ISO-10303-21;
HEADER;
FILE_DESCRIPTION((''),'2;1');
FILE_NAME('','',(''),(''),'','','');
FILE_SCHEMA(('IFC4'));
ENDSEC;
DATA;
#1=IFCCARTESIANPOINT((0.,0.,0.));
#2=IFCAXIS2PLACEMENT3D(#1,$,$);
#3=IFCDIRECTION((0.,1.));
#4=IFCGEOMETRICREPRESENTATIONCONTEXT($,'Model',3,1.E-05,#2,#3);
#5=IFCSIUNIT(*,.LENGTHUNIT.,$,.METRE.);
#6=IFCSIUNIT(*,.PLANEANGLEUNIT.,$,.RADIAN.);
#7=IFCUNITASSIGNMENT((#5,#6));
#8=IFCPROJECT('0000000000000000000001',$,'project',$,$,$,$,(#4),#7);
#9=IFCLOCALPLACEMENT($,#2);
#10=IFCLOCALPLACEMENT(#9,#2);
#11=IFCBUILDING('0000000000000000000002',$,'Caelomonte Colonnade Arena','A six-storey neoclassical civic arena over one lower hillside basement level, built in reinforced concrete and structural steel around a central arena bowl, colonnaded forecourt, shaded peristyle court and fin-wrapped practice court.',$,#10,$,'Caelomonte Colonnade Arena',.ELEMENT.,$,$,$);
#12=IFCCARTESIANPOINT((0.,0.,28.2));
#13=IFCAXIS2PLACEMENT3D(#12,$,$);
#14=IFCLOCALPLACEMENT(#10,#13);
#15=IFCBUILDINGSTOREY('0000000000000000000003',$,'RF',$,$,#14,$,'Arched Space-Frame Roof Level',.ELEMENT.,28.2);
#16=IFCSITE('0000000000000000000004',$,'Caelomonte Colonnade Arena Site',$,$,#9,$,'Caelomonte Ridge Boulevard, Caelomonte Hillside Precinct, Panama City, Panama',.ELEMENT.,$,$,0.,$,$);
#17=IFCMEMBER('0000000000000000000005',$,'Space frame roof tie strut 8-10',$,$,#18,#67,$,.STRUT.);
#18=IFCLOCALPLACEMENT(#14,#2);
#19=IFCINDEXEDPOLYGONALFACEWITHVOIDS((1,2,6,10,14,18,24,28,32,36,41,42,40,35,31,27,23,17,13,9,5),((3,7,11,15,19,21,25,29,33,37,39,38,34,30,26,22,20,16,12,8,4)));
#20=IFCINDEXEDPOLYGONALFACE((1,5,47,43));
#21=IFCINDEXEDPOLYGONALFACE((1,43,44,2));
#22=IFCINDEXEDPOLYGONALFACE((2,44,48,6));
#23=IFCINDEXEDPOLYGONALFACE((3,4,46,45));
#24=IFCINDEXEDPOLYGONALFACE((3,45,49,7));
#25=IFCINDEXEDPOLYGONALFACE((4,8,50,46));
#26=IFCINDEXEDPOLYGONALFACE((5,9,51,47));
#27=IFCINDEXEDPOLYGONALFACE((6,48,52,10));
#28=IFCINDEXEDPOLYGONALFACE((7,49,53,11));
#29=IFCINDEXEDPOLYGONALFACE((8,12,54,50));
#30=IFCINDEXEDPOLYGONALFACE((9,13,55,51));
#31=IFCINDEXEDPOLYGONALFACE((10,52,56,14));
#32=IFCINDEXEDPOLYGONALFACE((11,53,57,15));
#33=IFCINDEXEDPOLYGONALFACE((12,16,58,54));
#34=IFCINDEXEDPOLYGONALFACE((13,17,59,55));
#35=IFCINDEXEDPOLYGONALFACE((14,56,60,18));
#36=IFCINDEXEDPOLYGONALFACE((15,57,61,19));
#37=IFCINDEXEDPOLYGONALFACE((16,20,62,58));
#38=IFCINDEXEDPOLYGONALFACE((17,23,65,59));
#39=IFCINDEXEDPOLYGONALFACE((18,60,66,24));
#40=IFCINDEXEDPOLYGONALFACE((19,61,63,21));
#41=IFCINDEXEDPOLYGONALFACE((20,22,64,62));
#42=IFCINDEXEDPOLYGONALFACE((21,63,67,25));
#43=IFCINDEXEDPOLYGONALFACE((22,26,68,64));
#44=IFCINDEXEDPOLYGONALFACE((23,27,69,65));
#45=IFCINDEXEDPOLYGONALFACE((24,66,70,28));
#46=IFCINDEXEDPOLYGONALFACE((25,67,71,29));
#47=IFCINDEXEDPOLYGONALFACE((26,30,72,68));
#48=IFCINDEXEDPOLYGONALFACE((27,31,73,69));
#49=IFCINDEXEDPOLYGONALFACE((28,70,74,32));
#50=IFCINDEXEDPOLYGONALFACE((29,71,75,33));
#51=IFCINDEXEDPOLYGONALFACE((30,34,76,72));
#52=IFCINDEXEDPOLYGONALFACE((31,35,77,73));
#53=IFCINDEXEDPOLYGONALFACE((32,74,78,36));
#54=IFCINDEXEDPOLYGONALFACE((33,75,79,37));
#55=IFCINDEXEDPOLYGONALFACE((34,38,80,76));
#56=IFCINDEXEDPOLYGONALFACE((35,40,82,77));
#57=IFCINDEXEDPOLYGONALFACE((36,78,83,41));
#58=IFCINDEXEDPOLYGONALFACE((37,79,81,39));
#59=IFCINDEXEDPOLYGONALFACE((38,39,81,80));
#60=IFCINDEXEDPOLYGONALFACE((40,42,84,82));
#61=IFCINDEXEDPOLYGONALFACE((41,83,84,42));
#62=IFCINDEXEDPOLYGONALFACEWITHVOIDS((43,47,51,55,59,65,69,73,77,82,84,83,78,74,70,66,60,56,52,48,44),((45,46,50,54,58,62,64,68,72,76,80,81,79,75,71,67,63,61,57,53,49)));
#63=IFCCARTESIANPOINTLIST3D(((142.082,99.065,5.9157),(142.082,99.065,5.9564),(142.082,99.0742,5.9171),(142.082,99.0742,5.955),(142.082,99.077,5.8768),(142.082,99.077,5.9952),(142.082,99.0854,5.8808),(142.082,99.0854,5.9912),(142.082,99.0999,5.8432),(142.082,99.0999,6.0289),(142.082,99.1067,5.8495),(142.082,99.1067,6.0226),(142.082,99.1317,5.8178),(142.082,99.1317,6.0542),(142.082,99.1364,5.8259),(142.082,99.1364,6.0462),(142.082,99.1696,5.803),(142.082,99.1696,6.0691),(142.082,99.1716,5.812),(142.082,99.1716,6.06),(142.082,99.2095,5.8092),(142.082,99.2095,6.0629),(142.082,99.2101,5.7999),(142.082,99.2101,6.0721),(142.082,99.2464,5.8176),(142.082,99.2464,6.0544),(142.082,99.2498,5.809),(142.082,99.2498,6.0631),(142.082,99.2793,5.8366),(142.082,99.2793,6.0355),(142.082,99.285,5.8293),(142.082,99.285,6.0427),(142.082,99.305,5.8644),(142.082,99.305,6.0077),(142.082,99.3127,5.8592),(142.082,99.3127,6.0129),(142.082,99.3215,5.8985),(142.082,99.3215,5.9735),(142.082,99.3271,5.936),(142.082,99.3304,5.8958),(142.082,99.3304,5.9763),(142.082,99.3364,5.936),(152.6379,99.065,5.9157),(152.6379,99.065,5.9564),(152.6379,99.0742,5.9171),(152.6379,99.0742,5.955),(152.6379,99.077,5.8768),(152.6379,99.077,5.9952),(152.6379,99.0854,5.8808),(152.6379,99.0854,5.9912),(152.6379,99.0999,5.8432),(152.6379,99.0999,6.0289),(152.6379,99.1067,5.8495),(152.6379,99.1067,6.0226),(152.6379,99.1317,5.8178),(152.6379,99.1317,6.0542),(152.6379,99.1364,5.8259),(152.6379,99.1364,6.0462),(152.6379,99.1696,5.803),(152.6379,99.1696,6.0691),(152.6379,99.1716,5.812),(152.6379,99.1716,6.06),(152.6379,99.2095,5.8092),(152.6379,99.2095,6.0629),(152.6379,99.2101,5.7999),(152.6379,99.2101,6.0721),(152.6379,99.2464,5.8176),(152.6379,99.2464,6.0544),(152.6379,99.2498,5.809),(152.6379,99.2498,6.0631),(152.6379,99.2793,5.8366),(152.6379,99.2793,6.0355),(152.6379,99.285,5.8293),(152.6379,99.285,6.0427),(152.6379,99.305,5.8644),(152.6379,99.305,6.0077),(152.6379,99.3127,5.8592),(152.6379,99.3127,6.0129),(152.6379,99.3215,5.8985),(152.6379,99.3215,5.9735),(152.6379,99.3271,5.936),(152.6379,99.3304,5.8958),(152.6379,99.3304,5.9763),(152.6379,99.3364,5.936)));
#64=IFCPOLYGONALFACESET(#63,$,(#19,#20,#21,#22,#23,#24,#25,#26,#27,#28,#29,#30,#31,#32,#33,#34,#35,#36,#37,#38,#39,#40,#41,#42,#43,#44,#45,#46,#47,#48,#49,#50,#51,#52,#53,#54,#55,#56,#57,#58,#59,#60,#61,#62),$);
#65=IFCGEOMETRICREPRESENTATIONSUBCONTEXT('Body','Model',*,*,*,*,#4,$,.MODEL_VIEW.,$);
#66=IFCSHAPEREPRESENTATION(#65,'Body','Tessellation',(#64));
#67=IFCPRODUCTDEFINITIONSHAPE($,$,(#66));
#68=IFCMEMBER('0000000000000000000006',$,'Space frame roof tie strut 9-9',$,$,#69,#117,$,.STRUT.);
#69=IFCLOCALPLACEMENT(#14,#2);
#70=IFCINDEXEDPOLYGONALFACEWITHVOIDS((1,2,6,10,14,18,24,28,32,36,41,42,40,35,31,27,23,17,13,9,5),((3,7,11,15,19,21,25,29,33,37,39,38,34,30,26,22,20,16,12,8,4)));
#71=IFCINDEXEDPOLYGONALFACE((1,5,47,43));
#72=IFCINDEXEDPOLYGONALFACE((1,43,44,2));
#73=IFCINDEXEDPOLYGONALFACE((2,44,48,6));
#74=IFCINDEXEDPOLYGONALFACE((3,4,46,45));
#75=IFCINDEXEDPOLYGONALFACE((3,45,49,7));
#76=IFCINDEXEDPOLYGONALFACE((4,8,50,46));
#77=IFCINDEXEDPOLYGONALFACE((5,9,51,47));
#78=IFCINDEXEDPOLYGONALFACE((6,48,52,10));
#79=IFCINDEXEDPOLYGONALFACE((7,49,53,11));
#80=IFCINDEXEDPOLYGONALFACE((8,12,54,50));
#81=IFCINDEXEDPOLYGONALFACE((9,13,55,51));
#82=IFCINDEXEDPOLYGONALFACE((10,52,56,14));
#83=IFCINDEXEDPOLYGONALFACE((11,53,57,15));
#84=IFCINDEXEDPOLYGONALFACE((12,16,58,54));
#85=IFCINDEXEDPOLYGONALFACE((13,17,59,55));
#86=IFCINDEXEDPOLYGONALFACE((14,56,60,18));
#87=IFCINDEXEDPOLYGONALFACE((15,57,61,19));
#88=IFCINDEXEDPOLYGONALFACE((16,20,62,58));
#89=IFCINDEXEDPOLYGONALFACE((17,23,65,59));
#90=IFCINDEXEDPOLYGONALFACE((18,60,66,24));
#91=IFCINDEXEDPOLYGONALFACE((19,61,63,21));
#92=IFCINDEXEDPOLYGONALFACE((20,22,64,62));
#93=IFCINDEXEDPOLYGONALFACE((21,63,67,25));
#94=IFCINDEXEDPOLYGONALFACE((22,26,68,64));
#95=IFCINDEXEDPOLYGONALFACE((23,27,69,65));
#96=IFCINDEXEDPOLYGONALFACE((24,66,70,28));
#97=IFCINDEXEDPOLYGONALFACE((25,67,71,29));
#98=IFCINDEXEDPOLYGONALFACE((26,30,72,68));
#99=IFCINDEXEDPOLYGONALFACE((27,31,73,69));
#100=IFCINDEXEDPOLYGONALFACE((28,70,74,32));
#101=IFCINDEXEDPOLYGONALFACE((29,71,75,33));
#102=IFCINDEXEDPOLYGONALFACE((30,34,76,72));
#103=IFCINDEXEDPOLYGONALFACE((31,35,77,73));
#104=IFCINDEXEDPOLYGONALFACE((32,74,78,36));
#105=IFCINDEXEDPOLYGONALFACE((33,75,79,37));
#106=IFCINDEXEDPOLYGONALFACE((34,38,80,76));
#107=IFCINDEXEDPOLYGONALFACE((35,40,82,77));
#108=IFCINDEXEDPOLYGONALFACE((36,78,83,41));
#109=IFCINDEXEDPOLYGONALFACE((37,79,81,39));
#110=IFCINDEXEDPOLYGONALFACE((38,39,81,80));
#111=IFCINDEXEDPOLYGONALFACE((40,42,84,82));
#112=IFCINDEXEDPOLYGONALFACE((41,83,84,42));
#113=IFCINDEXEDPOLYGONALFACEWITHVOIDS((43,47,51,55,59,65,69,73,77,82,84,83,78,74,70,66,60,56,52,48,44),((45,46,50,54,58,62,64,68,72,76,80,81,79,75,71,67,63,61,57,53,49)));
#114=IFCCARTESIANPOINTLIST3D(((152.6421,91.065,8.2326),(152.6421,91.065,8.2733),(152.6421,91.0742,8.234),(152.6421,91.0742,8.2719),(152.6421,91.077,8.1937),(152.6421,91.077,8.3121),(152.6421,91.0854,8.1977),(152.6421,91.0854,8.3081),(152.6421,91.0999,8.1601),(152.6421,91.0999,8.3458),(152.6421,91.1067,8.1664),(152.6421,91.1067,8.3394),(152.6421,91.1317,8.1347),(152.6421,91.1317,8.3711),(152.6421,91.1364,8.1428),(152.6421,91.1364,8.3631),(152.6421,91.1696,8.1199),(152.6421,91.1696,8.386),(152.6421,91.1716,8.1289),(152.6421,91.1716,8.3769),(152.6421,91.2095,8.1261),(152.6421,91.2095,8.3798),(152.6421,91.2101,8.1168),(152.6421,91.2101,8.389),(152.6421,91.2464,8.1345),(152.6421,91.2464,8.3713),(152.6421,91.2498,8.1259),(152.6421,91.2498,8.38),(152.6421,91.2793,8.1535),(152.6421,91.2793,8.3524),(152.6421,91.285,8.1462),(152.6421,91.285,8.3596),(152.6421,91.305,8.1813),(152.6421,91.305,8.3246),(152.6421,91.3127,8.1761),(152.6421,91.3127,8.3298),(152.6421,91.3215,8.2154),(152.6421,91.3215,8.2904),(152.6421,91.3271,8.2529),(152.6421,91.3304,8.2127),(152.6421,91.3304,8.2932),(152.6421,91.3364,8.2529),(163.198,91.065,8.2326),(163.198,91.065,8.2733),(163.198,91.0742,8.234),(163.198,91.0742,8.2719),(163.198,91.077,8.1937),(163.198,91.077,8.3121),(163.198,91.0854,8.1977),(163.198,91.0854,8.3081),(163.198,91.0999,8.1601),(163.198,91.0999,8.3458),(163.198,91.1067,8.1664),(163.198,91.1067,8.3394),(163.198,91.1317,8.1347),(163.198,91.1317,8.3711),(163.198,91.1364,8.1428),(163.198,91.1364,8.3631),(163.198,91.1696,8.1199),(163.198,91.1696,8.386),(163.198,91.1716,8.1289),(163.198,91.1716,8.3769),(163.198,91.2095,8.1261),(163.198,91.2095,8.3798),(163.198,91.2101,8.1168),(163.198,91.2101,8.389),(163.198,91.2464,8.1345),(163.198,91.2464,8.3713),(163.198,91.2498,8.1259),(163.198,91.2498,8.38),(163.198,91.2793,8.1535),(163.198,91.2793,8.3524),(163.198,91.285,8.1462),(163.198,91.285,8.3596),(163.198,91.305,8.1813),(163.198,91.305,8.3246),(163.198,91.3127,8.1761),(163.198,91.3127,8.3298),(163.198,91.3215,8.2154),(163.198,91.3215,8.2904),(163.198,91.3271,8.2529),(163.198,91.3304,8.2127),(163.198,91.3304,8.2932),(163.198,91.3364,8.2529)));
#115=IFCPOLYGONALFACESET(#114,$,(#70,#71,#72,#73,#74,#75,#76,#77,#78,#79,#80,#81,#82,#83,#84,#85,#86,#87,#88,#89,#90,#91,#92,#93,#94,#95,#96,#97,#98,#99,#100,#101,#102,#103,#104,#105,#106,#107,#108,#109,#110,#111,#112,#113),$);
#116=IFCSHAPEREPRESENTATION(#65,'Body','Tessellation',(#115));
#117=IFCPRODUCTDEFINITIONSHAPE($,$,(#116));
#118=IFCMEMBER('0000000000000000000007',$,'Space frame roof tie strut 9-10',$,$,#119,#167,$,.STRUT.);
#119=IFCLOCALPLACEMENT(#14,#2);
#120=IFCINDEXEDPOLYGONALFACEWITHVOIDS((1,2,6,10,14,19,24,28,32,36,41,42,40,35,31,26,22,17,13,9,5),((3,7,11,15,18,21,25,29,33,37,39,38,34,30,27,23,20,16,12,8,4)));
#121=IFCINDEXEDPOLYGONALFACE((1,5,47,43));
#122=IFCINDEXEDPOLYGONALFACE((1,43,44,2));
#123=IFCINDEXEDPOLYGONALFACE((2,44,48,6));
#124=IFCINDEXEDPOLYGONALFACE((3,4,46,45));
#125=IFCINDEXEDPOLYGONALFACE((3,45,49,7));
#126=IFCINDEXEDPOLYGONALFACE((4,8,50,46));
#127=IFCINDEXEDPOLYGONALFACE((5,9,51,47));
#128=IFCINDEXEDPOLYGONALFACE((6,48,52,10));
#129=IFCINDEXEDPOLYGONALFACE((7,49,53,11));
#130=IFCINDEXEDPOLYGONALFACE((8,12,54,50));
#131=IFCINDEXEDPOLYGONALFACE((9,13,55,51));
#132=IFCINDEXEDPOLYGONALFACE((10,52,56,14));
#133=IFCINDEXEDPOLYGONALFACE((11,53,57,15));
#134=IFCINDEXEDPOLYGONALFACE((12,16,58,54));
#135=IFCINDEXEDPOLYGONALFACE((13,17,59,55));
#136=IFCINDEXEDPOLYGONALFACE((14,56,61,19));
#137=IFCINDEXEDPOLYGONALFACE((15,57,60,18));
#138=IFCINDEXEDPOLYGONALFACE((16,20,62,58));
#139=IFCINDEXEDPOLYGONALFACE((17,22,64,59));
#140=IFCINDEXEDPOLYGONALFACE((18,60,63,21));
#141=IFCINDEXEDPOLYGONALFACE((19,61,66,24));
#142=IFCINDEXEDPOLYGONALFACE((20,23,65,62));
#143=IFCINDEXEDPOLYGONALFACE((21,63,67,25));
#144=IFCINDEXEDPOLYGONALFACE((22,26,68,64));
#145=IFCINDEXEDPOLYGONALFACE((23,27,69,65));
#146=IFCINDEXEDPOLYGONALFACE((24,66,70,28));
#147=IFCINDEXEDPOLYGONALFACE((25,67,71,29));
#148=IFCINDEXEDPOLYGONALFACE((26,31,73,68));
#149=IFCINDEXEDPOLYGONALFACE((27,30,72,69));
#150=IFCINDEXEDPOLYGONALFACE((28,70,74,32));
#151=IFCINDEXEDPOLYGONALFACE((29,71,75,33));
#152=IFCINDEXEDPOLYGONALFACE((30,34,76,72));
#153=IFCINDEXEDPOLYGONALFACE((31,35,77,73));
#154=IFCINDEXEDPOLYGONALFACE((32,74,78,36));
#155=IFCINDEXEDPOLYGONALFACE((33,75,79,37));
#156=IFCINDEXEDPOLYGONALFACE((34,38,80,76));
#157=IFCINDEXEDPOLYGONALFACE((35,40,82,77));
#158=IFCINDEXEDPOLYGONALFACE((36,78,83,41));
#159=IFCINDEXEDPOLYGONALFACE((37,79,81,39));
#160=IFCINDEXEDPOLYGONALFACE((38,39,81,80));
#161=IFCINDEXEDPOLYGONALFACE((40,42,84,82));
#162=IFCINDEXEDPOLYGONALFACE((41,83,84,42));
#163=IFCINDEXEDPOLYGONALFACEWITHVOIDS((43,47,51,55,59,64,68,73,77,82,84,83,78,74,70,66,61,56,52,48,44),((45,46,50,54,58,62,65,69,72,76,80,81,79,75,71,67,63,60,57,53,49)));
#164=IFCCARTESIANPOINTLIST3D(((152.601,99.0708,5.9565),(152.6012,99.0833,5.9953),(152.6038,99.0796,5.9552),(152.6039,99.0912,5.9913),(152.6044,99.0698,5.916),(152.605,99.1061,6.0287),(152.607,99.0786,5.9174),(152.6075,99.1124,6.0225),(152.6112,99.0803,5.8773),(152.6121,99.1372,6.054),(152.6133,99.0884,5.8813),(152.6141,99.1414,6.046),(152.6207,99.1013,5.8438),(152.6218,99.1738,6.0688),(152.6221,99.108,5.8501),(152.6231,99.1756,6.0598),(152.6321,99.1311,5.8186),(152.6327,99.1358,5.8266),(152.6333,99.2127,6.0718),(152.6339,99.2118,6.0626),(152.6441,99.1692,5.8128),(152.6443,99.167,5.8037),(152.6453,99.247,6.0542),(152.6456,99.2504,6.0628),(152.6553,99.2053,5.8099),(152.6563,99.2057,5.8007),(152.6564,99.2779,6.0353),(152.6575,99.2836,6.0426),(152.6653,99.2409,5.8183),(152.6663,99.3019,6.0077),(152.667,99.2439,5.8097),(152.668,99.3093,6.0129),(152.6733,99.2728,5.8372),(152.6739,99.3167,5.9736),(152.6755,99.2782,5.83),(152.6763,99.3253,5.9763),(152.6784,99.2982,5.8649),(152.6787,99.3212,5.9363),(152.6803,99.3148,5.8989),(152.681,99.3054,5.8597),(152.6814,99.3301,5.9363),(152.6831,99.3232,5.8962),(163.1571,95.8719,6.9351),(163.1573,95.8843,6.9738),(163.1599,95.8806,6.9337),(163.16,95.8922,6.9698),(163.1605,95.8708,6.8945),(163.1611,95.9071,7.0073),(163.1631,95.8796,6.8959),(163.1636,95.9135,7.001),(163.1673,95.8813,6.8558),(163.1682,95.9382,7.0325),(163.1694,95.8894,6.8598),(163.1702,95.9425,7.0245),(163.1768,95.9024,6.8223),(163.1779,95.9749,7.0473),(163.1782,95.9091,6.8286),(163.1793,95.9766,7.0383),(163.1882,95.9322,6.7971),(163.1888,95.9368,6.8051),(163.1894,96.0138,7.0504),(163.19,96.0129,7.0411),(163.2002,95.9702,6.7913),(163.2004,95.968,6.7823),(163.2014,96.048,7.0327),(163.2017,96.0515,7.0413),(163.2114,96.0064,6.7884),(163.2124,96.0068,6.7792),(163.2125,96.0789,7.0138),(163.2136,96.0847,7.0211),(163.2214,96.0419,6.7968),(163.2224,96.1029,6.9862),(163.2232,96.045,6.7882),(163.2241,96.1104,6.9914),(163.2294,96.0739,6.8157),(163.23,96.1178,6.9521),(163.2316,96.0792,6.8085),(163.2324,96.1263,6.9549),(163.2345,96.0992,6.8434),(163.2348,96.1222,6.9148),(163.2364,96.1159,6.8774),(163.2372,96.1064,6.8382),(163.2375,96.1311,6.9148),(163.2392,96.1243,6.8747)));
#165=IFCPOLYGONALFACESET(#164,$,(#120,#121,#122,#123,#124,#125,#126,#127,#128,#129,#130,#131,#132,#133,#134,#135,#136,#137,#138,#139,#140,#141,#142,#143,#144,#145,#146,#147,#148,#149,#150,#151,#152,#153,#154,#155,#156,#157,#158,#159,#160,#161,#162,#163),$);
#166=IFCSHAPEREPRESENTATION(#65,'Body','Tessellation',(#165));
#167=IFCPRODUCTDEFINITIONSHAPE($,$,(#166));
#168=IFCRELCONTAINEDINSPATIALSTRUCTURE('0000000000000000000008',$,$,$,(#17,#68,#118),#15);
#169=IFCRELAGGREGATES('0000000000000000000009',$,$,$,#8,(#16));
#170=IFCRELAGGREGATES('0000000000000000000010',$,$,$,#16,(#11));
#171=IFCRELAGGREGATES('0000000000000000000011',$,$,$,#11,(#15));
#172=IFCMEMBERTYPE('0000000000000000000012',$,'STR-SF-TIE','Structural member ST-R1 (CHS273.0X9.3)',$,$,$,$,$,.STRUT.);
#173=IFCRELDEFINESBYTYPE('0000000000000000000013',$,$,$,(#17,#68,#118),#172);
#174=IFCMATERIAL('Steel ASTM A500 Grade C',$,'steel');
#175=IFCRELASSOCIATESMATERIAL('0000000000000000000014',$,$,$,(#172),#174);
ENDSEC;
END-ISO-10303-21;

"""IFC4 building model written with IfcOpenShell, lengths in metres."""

from ifc_helpers import new_model, si_unit, direction, frame, origin, origin_2d, place, context, subcontext, project, spatial, hollow_circle, extrude, material, material_profile, profile_set, type_object, element, save


model = new_model("IFC4")

# Units and contexts
model_context = context("Model", 3, precision=1e-05, world=origin(), true_north=direction((0.0, 1.0)))
body_context = subcontext(model_context, "Body", "Model", "MODEL_VIEW")
ifc_project = project(units=[si_unit("LENGTHUNIT", "METRE"), si_unit("PLANEANGLEUNIT", "RADIAN")], contexts=[model_context])

# Site, building, storey
site_placement = place(None, origin())
site = spatial("IfcSite", under=ifc_project, at=site_placement, Name="Caelomonte Colonnade Arena Site", LongName="Caelomonte Ridge Boulevard, Caelomonte Hillside Precinct, Panama City, Panama", CompositionType="ELEMENT", RefElevation=0.0)
building_placement = place(site_placement, origin())
building = spatial("IfcBuilding", under=site, at=building_placement, Name="Caelomonte Colonnade Arena", Description="A six-storey neoclassical civic arena over one lower hillside basement level, built in reinforced concrete and structural steel around a central arena bowl, colonnaded forecourt, shaded peristyle court and fin-wrapped practice court.", LongName="Caelomonte Colonnade Arena", CompositionType="ELEMENT")
storey_placement = place(building_placement, frame((0.0, 0.0, 28.2)))
storey = spatial("IfcBuildingStorey", under=building, at=storey_placement, Name="RF", LongName="Arched Space-Frame Roof Level", CompositionType="ELEMENT", Elevation=28.2)

# Members
ifc_material_1 = material(Name="Steel ASTM A500 Grade C", Category="steel")
ifc_material_profile_1 = material_profile(ifc_material_1, hollow_circle(Radius=0.1365, WallThickness=0.0093, at=origin_2d()), Name="CHS273.0X9.3")
ifc_profile_set_1 = profile_set([ifc_material_profile_1], Name="Steel ASTM A500 Grade C")
member_type_1 = type_object("IfcMemberType", Name="STR-SF-TIE", Description="Structural member ST-R1 (CHS273.0X9.3)", PredefinedType="STRUT", material=ifc_profile_set_1)
for number, where, z_axis, x_axis, name in (
    (1, (142.082, 99.2, 5.936), (1.0, 0.0, 0.0), (0.0, 1.0, 0.0), "Space frame roof tie strut 8-10"),
    (2, (152.6421, 91.2, 8.2529), (1.0, 0.0, 0.0), (0.0, 1.0, 0.0), "Space frame roof tie strut 9-9"),
):
    element("IfcMember", number, at=place(storey_placement, frame(where, z_axis=z_axis, x_axis=x_axis)), inside=storey, type_object=member_type_1, Name=name, PredefinedType="STRUT", context=body_context, shape_type="SweptSolid", body=[
        extrude(hollow_circle(Radius=0.1365, WallThickness=0.0093, at=origin_2d()), origin(), (0.0, 0.0, 1.0), 10.5559),
    ])
member_1_placement = place(storey_placement, frame((152.6418, 99.1995, 5.9363), z_axis=(0.953277, -0.288885, 0.088365), x_axis=(0.290019, 0.957021, 0.0)))
element("IfcMember", 3, at=member_1_placement, inside=storey, type_object=member_type_1, Name="Space frame roof tie strut 9-10", PredefinedType="STRUT", context=body_context, shape_type="SweptSolid", body=[
    extrude(hollow_circle(Radius=0.1365, WallThickness=0.0093, at=origin_2d()), origin(), (0.0, 0.0, 1.0), 11.0735),
])

save(model, "model.ifc")
